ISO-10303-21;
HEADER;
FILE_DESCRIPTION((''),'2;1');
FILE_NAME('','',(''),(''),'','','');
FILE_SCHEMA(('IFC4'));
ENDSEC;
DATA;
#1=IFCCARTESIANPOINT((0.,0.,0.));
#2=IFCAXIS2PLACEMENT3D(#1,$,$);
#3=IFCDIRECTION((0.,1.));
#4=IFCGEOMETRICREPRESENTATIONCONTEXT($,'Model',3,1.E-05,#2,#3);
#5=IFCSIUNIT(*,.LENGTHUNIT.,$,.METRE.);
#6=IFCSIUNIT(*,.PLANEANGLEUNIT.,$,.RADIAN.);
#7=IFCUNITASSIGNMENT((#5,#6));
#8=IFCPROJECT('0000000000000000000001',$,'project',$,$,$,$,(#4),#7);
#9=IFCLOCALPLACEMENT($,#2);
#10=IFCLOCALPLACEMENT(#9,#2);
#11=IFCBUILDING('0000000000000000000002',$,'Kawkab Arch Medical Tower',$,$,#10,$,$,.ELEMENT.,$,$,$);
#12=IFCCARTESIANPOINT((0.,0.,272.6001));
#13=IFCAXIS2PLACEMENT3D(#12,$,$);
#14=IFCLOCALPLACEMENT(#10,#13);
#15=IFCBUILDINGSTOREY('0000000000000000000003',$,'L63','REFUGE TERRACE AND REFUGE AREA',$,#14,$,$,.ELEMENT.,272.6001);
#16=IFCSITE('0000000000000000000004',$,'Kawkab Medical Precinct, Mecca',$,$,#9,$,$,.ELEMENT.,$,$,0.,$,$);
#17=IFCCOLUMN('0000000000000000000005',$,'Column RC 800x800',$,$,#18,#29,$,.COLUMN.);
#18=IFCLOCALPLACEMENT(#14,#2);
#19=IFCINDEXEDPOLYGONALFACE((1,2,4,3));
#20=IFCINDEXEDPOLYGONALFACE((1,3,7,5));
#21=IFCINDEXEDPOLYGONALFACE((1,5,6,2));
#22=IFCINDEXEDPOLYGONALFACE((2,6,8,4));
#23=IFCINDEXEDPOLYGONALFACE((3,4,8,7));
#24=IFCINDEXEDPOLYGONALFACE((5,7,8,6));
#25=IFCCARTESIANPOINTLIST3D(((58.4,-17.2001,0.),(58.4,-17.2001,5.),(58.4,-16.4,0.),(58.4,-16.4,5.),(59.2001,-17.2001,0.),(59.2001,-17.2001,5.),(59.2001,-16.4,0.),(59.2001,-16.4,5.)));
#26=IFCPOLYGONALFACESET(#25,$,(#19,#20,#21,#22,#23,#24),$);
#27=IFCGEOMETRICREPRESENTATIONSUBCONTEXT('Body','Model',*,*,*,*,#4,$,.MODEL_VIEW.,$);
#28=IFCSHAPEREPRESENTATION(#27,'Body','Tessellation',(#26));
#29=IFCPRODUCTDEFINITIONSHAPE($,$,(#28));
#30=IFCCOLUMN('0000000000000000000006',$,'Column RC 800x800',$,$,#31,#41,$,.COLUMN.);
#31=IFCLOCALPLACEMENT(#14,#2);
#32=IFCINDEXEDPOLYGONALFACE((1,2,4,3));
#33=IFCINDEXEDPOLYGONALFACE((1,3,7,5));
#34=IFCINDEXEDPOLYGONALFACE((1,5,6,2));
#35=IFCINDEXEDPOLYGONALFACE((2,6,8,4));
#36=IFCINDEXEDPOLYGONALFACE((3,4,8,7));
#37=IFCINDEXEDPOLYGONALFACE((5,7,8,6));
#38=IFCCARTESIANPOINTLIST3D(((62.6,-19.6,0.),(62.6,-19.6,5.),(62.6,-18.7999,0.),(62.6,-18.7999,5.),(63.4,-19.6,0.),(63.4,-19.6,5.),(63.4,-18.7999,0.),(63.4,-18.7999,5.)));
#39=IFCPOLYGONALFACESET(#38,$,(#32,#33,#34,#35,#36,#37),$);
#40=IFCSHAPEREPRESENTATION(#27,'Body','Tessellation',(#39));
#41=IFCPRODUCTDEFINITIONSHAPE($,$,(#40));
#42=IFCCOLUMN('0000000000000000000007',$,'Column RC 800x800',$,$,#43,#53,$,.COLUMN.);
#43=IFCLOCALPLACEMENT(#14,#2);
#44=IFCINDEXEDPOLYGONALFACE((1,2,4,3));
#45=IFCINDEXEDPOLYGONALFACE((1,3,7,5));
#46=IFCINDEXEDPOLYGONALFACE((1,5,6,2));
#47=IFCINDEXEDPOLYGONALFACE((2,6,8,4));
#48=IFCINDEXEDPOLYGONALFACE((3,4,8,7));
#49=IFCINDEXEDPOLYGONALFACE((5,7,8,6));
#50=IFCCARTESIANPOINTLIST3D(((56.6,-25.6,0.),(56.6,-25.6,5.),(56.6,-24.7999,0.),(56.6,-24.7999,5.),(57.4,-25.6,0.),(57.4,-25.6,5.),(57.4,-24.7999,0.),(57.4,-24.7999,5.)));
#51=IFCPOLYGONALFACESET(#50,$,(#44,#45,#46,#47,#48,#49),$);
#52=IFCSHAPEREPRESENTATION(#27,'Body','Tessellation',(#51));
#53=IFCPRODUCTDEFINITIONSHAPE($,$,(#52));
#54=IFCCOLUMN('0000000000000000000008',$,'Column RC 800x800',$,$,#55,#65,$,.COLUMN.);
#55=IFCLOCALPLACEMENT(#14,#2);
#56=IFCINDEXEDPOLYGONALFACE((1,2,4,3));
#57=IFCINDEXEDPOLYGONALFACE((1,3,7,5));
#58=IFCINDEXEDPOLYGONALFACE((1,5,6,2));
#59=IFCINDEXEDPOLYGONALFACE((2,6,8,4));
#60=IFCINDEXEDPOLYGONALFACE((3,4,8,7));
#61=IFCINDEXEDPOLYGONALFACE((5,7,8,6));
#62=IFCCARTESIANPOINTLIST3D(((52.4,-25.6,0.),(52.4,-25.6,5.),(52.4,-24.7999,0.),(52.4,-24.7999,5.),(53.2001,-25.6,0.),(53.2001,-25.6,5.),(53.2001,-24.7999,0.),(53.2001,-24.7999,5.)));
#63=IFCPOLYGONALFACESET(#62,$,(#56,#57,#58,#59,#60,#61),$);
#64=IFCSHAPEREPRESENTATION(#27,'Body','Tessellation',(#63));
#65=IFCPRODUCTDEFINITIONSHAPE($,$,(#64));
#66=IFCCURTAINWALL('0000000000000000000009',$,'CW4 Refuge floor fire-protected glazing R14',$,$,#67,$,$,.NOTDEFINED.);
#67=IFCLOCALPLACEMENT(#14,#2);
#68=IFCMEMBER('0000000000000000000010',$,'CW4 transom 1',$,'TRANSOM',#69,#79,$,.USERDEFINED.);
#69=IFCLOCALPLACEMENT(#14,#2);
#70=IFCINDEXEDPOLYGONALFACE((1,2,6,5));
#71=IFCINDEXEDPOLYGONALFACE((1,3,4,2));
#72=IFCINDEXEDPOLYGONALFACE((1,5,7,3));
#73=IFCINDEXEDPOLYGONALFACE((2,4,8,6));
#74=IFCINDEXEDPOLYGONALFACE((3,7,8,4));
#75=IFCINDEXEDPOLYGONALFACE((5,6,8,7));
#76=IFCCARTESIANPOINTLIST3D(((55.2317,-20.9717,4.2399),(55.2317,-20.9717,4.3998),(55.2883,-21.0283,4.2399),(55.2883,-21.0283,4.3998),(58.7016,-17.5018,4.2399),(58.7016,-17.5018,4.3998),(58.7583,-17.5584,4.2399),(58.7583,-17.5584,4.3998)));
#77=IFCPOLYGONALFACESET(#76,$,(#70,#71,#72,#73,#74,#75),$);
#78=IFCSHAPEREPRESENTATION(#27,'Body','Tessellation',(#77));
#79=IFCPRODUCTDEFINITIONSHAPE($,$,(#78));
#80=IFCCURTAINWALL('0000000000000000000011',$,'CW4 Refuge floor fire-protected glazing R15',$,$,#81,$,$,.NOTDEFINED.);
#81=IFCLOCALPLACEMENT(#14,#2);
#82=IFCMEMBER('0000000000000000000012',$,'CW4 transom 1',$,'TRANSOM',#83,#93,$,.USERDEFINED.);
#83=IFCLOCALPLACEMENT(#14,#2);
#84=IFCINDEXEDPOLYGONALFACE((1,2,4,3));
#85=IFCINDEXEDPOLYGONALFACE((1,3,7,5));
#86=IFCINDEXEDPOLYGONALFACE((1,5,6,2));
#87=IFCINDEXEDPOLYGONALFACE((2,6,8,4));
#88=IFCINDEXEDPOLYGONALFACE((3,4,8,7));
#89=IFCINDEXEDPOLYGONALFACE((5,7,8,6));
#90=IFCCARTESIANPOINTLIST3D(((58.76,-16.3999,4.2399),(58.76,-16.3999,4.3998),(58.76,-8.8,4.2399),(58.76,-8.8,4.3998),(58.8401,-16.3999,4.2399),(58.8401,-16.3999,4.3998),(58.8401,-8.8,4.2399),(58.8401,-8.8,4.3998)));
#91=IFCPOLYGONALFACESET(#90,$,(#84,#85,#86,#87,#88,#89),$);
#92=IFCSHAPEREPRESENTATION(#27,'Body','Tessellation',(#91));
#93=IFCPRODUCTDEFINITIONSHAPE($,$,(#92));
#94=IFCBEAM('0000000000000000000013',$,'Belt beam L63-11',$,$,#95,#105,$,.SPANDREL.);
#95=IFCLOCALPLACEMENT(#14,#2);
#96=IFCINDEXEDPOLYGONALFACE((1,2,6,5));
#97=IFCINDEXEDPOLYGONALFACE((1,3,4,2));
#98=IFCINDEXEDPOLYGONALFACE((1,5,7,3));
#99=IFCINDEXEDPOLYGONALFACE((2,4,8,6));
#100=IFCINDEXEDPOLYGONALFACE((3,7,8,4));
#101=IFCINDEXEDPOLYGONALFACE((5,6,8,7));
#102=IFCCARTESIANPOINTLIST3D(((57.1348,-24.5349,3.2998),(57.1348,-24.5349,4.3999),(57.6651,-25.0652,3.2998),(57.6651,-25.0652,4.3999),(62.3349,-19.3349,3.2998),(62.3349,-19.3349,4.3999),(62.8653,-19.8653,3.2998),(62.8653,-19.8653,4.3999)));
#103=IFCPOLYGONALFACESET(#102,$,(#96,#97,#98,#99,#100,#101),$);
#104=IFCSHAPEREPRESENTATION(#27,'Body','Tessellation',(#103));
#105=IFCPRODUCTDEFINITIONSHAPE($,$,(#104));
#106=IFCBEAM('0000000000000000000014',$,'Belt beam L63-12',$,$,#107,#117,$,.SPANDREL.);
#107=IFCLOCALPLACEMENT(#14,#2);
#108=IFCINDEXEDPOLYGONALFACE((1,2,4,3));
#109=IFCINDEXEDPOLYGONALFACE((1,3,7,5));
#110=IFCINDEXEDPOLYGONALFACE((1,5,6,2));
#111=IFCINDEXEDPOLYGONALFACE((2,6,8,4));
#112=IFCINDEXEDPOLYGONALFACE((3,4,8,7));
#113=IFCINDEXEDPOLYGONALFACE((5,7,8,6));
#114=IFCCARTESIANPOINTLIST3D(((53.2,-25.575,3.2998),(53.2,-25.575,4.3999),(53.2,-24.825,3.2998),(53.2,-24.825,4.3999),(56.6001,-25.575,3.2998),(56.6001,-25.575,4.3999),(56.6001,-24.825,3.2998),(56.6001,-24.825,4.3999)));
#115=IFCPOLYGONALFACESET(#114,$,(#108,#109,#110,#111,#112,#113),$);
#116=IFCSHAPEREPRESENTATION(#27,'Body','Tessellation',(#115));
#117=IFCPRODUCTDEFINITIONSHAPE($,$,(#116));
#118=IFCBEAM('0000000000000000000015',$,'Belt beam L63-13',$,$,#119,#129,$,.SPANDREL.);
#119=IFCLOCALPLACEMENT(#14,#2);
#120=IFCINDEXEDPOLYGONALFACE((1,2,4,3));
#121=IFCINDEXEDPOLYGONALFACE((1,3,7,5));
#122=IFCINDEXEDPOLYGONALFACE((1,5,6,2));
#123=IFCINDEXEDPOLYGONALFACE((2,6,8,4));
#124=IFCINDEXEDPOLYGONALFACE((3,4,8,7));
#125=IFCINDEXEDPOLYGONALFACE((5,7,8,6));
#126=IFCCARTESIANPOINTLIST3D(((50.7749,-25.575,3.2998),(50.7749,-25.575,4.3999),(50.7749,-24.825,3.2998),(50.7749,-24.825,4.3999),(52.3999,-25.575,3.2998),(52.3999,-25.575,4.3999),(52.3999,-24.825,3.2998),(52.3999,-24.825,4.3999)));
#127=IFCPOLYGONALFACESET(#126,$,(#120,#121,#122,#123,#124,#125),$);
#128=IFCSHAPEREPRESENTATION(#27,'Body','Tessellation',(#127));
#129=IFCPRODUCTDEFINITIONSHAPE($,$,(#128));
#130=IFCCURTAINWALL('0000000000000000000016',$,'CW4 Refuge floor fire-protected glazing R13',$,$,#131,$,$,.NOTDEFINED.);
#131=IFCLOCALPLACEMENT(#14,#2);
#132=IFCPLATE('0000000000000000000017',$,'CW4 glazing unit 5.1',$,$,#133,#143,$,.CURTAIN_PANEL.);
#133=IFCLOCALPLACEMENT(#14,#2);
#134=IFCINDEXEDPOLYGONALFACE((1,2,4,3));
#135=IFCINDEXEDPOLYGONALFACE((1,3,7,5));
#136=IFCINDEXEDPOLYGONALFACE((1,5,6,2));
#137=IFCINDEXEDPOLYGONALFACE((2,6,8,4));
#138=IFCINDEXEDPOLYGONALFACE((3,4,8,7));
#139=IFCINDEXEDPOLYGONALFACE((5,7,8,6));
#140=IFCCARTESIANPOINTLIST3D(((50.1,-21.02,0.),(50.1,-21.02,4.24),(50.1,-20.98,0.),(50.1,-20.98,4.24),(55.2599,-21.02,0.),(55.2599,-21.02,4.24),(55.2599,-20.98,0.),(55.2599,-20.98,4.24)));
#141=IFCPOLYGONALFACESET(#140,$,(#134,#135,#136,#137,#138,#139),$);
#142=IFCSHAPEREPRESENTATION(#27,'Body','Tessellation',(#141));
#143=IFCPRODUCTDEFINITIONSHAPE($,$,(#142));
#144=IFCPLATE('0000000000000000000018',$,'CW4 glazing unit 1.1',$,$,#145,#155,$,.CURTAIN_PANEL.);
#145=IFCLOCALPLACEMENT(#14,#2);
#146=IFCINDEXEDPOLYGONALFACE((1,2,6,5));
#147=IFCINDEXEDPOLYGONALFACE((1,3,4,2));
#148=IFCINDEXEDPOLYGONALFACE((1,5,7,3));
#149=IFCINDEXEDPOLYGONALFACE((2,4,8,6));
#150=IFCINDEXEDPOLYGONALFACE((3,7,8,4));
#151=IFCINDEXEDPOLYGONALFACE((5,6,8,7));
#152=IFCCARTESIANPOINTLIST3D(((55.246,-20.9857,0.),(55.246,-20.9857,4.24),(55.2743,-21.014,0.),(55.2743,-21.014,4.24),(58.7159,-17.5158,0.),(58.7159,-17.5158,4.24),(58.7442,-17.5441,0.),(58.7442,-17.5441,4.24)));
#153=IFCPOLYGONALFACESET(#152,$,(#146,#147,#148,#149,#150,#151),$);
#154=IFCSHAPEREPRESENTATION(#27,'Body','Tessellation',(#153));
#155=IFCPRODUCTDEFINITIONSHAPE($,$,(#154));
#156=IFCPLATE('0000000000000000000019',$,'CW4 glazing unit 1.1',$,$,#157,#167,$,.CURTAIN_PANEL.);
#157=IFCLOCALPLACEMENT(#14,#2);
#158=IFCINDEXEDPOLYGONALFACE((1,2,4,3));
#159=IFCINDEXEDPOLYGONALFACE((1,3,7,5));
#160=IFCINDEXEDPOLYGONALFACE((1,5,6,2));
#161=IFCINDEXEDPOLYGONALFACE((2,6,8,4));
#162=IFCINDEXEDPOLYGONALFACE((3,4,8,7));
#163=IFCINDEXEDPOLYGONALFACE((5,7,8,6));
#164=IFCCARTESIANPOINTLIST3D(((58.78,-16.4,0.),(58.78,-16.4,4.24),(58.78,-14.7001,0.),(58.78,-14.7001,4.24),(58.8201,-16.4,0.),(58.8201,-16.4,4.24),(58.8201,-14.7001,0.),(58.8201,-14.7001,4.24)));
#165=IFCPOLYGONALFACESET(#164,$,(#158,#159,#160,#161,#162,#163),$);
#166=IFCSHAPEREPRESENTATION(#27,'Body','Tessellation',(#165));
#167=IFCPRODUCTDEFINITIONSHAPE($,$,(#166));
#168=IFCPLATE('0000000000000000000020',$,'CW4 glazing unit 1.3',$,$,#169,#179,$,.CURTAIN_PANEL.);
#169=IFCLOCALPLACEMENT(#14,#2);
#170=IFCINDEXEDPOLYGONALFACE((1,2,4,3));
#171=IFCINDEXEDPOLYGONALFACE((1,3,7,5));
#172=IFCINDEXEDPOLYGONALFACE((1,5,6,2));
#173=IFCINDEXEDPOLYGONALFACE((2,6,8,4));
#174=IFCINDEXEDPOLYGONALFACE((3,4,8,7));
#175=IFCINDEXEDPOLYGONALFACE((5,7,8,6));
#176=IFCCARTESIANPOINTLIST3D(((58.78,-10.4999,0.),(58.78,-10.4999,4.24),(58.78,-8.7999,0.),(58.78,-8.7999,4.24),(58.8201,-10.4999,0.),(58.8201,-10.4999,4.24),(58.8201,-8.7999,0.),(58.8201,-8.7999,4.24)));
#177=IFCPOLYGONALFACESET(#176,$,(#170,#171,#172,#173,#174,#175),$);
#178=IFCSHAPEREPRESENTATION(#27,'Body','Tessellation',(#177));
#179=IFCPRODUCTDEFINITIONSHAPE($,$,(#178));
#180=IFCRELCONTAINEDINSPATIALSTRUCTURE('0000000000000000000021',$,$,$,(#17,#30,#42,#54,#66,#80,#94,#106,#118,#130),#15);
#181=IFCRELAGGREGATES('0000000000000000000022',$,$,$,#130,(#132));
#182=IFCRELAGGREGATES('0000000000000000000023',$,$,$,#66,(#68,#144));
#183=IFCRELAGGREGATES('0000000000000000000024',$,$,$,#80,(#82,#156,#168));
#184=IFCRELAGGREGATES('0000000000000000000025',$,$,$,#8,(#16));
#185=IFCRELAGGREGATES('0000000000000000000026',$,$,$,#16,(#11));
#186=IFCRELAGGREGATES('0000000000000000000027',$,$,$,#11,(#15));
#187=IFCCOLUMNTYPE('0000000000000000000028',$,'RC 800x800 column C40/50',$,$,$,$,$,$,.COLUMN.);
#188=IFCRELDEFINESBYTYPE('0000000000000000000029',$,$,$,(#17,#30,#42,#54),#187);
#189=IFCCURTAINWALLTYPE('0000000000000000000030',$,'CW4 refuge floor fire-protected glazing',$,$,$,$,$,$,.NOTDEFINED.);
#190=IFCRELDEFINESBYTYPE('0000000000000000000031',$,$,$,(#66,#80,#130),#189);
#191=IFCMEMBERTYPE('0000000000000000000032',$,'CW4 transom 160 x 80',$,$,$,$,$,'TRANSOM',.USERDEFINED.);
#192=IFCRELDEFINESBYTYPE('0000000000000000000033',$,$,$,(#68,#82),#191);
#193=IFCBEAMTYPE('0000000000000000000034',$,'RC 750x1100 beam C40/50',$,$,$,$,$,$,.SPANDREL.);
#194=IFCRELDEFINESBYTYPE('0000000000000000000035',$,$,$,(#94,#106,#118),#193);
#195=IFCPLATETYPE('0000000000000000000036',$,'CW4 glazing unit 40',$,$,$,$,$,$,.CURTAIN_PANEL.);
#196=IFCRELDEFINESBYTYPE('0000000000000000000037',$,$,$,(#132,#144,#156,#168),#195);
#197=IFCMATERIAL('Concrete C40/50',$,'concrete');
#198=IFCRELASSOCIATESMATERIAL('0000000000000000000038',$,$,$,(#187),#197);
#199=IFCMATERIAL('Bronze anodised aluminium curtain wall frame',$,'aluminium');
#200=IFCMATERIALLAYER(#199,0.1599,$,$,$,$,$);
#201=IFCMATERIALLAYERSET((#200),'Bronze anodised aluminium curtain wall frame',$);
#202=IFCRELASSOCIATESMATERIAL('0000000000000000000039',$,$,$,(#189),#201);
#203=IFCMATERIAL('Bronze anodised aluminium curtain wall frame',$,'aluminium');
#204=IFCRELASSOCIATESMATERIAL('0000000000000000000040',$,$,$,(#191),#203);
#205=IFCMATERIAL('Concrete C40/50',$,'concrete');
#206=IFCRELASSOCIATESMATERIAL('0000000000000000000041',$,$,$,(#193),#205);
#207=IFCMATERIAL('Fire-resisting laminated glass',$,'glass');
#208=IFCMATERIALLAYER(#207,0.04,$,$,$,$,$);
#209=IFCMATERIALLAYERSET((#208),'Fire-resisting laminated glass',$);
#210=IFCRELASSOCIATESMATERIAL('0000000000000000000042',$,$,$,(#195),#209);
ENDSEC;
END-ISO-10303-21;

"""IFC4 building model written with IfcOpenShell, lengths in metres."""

from ifc_helpers import new_model, si_unit, direction, frame, origin, origin_2d, place, context, subcontext, project, spatial, rectangle, extrude, material, layer, layer_set, material_profile, profile_set, type_object, element, aggregate, save


model = new_model("IFC4")

# Units and contexts
model_context = context("Model", 3, precision=1e-05, world=origin(), true_north=direction((0.0, 1.0)))
body_context = subcontext(model_context, "Body", "Model", "MODEL_VIEW")
ifc_project = project(units=[si_unit("LENGTHUNIT", "METRE"), si_unit("PLANEANGLEUNIT", "RADIAN")], contexts=[model_context])

# Site, building, storey
site_placement = place(None, origin())
site = spatial("IfcSite", under=ifc_project, at=site_placement, Name="Kawkab Medical Precinct, Mecca", CompositionType="ELEMENT", RefElevation=0.0)
building_placement = place(site_placement, origin())
building = spatial("IfcBuilding", under=site, at=building_placement, Name="Kawkab Arch Medical Tower", CompositionType="ELEMENT")
storey_placement = place(building_placement, frame((0.0, 0.0, 272.6001)))
storey = spatial("IfcBuildingStorey", under=building, at=storey_placement, Name="L63", Description="REFUGE TERRACE AND REFUGE AREA", CompositionType="ELEMENT", Elevation=272.6001)

# Columns
ifc_material_1 = material(Name="Concrete C40/50", Category="concrete")
ifc_material_profile_1 = material_profile(ifc_material_1, rectangle(XDim=0.8, YDim=0.8, at=origin_2d()), Name="RC 800x800")
ifc_profile_set_1 = profile_set([ifc_material_profile_1], Name="Concrete C40/50")
column_type = type_object("IfcColumnType", Name="RC 800x800 column C40/50", PredefinedType="COLUMN", material=ifc_profile_set_1)
for number, where, z_axis, x_axis, name in (
    (1, (58.8, -16.8, 0.0), (0.0, 0.0, 1.0), (1.0, 0.0, 0.0), "Column RC 800x800"),
    (2, (63.0, -19.2, 0.0), (0.0, 0.0, 1.0), (1.0, 0.0, 0.0), "Column RC 800x800"),
    (3, (57.0, -25.2, 0.0), (0.0, 0.0, 1.0), (1.0, 0.0, 0.0), "Column RC 800x800"),
    (4, (52.8, -25.2, 0.0), (0.0, 0.0, 1.0), (1.0, 0.0, 0.0), "Column RC 800x800"),
):
    element("IfcColumn", number, at=place(storey_placement, frame(where, z_axis=z_axis, x_axis=x_axis)), inside=storey, type_object=column_type, Name=name, PredefinedType="COLUMN", context=body_context, shape_type="SweptSolid", body=[
        extrude(rectangle(XDim=0.8, YDim=0.8, at=origin_2d()), origin(), (0.0, 0.0, 1.0), 5.0),
    ])

# Curtain walls, members
ifc_material_2 = material(Name="Bronze anodised aluminium curtain wall frame", Category="aluminium")
ifc_layer_1 = layer(ifc_material_2, 0.1599)
ifc_layer_set_1 = layer_set([ifc_layer_1], Name="Bronze anodised aluminium curtain wall frame")
curtain_wall_type = type_object("IfcCurtainWallType", Name="CW4 refuge floor fire-protected glazing", PredefinedType="NOTDEFINED", material=ifc_layer_set_1)
placement = place(storey_placement, origin())
curtain_wall_1 = element("IfcCurtainWall", 5, at=placement, inside=storey, type_object=curtain_wall_type, Name="CW4 Refuge floor fire-protected glazing R14", PredefinedType="NOTDEFINED")
ifc_material_3 = material(Name="Bronze anodised aluminium curtain wall frame", Category="aluminium")
ifc_material_profile_2 = material_profile(ifc_material_3, rectangle(XDim=0.0801, YDim=0.1599, at=origin_2d()), Name="AL 80x160")
ifc_profile_set_2 = profile_set([ifc_material_profile_2], Name="Bronze anodised aluminium curtain wall frame")
member_type = type_object("IfcMemberType", Name="CW4 transom 160 x 80", ElementType="TRANSOM", PredefinedType="USERDEFINED", material=ifc_profile_set_2)
member_1_placement = place(storey_placement, frame((55.26, -21.0, 4.3198), z_axis=(0.707107, 0.707107, 0.0), x_axis=(-0.707107, 0.707107, 0.0)))
member_1 = element("IfcMember", 6, at=member_1_placement, type_object=member_type, Name="CW4 transom 1", ObjectType="TRANSOM", PredefinedType="USERDEFINED", context=body_context, shape_type="SweptSolid", body=[
    extrude(rectangle(XDim=0.0801, YDim=0.1599, at=origin_2d()), origin(), (0.0, 0.0, 1.0), 4.9072),
])
curtain_wall_2 = element("IfcCurtainWall", 7, at=placement, inside=storey, type_object=curtain_wall_type, Name="CW4 Refuge floor fire-protected glazing R15", PredefinedType="NOTDEFINED")
member_2_placement = place(storey_placement, frame((58.8, -16.3999, 4.3198), z_axis=(0.0, 1.0, 0.0), x_axis=(-1.0, 0.0, 0.0)))
member_2 = element("IfcMember", 8, at=member_2_placement, type_object=member_type, Name="CW4 transom 1", ObjectType="TRANSOM", PredefinedType="USERDEFINED", context=body_context, shape_type="SweptSolid", body=[
    extrude(rectangle(XDim=0.0801, YDim=0.1599, at=origin_2d()), origin(), (0.0, 0.0, 1.0), 7.5999),
])

# Beams
ifc_material_4 = material(Name="Concrete C40/50", Category="concrete")
ifc_material_profile_3 = material_profile(ifc_material_4, rectangle(XDim=0.75, YDim=1.1001, at=origin_2d()), Name="RC 750x1100")
ifc_profile_set_3 = profile_set([ifc_material_profile_3], Name="Concrete C40/50")
beam_type = type_object("IfcBeamType", Name="RC 750x1100 beam C40/50", PredefinedType="SPANDREL", material=ifc_profile_set_3)
beam_1_placement = place(storey_placement, frame((62.6001, -19.6001, 3.8499), z_axis=(-0.707123, -0.70709, 0.0), x_axis=(0.70709, -0.707123, 0.0)))
element("IfcBeam", 9, at=beam_1_placement, inside=storey, type_object=beam_type, Name="Belt beam L63-11", PredefinedType="SPANDREL", context=body_context, shape_type="SweptSolid", body=[
    extrude(rectangle(XDim=0.75, YDim=1.1001, at=origin_2d()), origin(), (0.0, 0.0, 1.0), 7.354),
])
beam_2_placement = place(storey_placement, frame((56.6001, -25.2, 3.8499), z_axis=(-1.0, 0.0, 0.0), x_axis=(0.0, -1.0, 0.0)))
element("IfcBeam", 10, at=beam_2_placement, inside=storey, type_object=beam_type, Name="Belt beam L63-12", PredefinedType="SPANDREL", context=body_context, shape_type="SweptSolid", body=[
    extrude(rectangle(XDim=0.75, YDim=1.1001, at=origin_2d()), origin(), (0.0, 0.0, 1.0), 3.4001),
])
beam_3_placement = place(storey_placement, frame((52.3999, -25.2, 3.8499), z_axis=(-1.0, 0.0, 0.0), x_axis=(0.0, -1.0, 0.0)))
element("IfcBeam", 11, at=beam_3_placement, inside=storey, type_object=beam_type, Name="Belt beam L63-13", PredefinedType="SPANDREL", context=body_context, shape_type="SweptSolid", body=[
    extrude(rectangle(XDim=0.75, YDim=1.1001, at=origin_2d()), origin(), (0.0, 0.0, 1.0), 1.625),
])

# Curtain wall, plate
curtain_wall_3 = element("IfcCurtainWall", 12, at=placement, inside=storey, type_object=curtain_wall_type, Name="CW4 Refuge floor fire-protected glazing R13", PredefinedType="NOTDEFINED")
ifc_material_5 = material(Name="Fire-resisting laminated glass", Category="glass")
ifc_layer_2 = layer(ifc_material_5, 0.04)
ifc_layer_set_2 = layer_set([ifc_layer_2], Name="Fire-resisting laminated glass")
plate_type = type_object("IfcPlateType", Name="CW4 glazing unit 40", PredefinedType="CURTAIN_PANEL", material=ifc_layer_set_2)
plate_1_placement = place(storey_placement, frame((52.6799, -21.0, 0.0), z_axis=(0.0, 0.0, 1.0), x_axis=(1.0, 0.0, 0.0)))
plate_1 = element("IfcPlate", 13, at=plate_1_placement, type_object=plate_type, Name="CW4 glazing unit 5.1", PredefinedType="CURTAIN_PANEL", context=body_context, shape_type="SweptSolid", body=[
    extrude(rectangle(XDim=5.1599, YDim=0.04, at=origin_2d()), origin(), (0.0, 0.0, 1.0), 4.24),
])
aggregate(curtain_wall_3, [plate_1])

# Plates
plate_2_placement = place(storey_placement, frame((56.9951, -19.2649, 0.0), z_axis=(0.0, 0.0, 1.0), x_axis=(0.707107, 0.707107, 0.0)))
plate_2 = element("IfcPlate", 14, at=plate_2_placement, type_object=plate_type, Name="CW4 glazing unit 1.1", PredefinedType="CURTAIN_PANEL", context=body_context, shape_type="SweptSolid", body=[
    extrude(rectangle(XDim=4.9072, YDim=0.04, at=origin_2d()), origin(), (0.0, 0.0, 1.0), 4.24),
])
aggregate(curtain_wall_1, [member_1, plate_2])
plate_3_placement = place(storey_placement, frame((58.8, -15.55, 0.0), z_axis=(0.0, 0.0, 1.0), x_axis=(0.0, 1.0, 0.0)))
plate_3 = element("IfcPlate", 15, at=plate_3_placement, type_object=plate_type, Name="CW4 glazing unit 1.1", PredefinedType="CURTAIN_PANEL", context=body_context, shape_type="SweptSolid", body=[
    extrude(rectangle(XDim=1.7, YDim=0.04, at=origin_2d()), origin(), (0.0, 0.0, 1.0), 4.24),
])
plate_4_placement = place(storey_placement, frame((58.8, -9.6499, 0.0), z_axis=(0.0, 0.0, 1.0), x_axis=(0.0, 1.0, 0.0)))
plate_4 = element("IfcPlate", 16, at=plate_4_placement, type_object=plate_type, Name="CW4 glazing unit 1.3", PredefinedType="CURTAIN_PANEL", context=body_context, shape_type="SweptSolid", body=[
    extrude(rectangle(XDim=1.7, YDim=0.04, at=origin_2d()), origin(), (0.0, 0.0, 1.0), 4.24),
])
aggregate(curtain_wall_2, [member_2, plate_3, plate_4])

save(model, "model.ifc")
